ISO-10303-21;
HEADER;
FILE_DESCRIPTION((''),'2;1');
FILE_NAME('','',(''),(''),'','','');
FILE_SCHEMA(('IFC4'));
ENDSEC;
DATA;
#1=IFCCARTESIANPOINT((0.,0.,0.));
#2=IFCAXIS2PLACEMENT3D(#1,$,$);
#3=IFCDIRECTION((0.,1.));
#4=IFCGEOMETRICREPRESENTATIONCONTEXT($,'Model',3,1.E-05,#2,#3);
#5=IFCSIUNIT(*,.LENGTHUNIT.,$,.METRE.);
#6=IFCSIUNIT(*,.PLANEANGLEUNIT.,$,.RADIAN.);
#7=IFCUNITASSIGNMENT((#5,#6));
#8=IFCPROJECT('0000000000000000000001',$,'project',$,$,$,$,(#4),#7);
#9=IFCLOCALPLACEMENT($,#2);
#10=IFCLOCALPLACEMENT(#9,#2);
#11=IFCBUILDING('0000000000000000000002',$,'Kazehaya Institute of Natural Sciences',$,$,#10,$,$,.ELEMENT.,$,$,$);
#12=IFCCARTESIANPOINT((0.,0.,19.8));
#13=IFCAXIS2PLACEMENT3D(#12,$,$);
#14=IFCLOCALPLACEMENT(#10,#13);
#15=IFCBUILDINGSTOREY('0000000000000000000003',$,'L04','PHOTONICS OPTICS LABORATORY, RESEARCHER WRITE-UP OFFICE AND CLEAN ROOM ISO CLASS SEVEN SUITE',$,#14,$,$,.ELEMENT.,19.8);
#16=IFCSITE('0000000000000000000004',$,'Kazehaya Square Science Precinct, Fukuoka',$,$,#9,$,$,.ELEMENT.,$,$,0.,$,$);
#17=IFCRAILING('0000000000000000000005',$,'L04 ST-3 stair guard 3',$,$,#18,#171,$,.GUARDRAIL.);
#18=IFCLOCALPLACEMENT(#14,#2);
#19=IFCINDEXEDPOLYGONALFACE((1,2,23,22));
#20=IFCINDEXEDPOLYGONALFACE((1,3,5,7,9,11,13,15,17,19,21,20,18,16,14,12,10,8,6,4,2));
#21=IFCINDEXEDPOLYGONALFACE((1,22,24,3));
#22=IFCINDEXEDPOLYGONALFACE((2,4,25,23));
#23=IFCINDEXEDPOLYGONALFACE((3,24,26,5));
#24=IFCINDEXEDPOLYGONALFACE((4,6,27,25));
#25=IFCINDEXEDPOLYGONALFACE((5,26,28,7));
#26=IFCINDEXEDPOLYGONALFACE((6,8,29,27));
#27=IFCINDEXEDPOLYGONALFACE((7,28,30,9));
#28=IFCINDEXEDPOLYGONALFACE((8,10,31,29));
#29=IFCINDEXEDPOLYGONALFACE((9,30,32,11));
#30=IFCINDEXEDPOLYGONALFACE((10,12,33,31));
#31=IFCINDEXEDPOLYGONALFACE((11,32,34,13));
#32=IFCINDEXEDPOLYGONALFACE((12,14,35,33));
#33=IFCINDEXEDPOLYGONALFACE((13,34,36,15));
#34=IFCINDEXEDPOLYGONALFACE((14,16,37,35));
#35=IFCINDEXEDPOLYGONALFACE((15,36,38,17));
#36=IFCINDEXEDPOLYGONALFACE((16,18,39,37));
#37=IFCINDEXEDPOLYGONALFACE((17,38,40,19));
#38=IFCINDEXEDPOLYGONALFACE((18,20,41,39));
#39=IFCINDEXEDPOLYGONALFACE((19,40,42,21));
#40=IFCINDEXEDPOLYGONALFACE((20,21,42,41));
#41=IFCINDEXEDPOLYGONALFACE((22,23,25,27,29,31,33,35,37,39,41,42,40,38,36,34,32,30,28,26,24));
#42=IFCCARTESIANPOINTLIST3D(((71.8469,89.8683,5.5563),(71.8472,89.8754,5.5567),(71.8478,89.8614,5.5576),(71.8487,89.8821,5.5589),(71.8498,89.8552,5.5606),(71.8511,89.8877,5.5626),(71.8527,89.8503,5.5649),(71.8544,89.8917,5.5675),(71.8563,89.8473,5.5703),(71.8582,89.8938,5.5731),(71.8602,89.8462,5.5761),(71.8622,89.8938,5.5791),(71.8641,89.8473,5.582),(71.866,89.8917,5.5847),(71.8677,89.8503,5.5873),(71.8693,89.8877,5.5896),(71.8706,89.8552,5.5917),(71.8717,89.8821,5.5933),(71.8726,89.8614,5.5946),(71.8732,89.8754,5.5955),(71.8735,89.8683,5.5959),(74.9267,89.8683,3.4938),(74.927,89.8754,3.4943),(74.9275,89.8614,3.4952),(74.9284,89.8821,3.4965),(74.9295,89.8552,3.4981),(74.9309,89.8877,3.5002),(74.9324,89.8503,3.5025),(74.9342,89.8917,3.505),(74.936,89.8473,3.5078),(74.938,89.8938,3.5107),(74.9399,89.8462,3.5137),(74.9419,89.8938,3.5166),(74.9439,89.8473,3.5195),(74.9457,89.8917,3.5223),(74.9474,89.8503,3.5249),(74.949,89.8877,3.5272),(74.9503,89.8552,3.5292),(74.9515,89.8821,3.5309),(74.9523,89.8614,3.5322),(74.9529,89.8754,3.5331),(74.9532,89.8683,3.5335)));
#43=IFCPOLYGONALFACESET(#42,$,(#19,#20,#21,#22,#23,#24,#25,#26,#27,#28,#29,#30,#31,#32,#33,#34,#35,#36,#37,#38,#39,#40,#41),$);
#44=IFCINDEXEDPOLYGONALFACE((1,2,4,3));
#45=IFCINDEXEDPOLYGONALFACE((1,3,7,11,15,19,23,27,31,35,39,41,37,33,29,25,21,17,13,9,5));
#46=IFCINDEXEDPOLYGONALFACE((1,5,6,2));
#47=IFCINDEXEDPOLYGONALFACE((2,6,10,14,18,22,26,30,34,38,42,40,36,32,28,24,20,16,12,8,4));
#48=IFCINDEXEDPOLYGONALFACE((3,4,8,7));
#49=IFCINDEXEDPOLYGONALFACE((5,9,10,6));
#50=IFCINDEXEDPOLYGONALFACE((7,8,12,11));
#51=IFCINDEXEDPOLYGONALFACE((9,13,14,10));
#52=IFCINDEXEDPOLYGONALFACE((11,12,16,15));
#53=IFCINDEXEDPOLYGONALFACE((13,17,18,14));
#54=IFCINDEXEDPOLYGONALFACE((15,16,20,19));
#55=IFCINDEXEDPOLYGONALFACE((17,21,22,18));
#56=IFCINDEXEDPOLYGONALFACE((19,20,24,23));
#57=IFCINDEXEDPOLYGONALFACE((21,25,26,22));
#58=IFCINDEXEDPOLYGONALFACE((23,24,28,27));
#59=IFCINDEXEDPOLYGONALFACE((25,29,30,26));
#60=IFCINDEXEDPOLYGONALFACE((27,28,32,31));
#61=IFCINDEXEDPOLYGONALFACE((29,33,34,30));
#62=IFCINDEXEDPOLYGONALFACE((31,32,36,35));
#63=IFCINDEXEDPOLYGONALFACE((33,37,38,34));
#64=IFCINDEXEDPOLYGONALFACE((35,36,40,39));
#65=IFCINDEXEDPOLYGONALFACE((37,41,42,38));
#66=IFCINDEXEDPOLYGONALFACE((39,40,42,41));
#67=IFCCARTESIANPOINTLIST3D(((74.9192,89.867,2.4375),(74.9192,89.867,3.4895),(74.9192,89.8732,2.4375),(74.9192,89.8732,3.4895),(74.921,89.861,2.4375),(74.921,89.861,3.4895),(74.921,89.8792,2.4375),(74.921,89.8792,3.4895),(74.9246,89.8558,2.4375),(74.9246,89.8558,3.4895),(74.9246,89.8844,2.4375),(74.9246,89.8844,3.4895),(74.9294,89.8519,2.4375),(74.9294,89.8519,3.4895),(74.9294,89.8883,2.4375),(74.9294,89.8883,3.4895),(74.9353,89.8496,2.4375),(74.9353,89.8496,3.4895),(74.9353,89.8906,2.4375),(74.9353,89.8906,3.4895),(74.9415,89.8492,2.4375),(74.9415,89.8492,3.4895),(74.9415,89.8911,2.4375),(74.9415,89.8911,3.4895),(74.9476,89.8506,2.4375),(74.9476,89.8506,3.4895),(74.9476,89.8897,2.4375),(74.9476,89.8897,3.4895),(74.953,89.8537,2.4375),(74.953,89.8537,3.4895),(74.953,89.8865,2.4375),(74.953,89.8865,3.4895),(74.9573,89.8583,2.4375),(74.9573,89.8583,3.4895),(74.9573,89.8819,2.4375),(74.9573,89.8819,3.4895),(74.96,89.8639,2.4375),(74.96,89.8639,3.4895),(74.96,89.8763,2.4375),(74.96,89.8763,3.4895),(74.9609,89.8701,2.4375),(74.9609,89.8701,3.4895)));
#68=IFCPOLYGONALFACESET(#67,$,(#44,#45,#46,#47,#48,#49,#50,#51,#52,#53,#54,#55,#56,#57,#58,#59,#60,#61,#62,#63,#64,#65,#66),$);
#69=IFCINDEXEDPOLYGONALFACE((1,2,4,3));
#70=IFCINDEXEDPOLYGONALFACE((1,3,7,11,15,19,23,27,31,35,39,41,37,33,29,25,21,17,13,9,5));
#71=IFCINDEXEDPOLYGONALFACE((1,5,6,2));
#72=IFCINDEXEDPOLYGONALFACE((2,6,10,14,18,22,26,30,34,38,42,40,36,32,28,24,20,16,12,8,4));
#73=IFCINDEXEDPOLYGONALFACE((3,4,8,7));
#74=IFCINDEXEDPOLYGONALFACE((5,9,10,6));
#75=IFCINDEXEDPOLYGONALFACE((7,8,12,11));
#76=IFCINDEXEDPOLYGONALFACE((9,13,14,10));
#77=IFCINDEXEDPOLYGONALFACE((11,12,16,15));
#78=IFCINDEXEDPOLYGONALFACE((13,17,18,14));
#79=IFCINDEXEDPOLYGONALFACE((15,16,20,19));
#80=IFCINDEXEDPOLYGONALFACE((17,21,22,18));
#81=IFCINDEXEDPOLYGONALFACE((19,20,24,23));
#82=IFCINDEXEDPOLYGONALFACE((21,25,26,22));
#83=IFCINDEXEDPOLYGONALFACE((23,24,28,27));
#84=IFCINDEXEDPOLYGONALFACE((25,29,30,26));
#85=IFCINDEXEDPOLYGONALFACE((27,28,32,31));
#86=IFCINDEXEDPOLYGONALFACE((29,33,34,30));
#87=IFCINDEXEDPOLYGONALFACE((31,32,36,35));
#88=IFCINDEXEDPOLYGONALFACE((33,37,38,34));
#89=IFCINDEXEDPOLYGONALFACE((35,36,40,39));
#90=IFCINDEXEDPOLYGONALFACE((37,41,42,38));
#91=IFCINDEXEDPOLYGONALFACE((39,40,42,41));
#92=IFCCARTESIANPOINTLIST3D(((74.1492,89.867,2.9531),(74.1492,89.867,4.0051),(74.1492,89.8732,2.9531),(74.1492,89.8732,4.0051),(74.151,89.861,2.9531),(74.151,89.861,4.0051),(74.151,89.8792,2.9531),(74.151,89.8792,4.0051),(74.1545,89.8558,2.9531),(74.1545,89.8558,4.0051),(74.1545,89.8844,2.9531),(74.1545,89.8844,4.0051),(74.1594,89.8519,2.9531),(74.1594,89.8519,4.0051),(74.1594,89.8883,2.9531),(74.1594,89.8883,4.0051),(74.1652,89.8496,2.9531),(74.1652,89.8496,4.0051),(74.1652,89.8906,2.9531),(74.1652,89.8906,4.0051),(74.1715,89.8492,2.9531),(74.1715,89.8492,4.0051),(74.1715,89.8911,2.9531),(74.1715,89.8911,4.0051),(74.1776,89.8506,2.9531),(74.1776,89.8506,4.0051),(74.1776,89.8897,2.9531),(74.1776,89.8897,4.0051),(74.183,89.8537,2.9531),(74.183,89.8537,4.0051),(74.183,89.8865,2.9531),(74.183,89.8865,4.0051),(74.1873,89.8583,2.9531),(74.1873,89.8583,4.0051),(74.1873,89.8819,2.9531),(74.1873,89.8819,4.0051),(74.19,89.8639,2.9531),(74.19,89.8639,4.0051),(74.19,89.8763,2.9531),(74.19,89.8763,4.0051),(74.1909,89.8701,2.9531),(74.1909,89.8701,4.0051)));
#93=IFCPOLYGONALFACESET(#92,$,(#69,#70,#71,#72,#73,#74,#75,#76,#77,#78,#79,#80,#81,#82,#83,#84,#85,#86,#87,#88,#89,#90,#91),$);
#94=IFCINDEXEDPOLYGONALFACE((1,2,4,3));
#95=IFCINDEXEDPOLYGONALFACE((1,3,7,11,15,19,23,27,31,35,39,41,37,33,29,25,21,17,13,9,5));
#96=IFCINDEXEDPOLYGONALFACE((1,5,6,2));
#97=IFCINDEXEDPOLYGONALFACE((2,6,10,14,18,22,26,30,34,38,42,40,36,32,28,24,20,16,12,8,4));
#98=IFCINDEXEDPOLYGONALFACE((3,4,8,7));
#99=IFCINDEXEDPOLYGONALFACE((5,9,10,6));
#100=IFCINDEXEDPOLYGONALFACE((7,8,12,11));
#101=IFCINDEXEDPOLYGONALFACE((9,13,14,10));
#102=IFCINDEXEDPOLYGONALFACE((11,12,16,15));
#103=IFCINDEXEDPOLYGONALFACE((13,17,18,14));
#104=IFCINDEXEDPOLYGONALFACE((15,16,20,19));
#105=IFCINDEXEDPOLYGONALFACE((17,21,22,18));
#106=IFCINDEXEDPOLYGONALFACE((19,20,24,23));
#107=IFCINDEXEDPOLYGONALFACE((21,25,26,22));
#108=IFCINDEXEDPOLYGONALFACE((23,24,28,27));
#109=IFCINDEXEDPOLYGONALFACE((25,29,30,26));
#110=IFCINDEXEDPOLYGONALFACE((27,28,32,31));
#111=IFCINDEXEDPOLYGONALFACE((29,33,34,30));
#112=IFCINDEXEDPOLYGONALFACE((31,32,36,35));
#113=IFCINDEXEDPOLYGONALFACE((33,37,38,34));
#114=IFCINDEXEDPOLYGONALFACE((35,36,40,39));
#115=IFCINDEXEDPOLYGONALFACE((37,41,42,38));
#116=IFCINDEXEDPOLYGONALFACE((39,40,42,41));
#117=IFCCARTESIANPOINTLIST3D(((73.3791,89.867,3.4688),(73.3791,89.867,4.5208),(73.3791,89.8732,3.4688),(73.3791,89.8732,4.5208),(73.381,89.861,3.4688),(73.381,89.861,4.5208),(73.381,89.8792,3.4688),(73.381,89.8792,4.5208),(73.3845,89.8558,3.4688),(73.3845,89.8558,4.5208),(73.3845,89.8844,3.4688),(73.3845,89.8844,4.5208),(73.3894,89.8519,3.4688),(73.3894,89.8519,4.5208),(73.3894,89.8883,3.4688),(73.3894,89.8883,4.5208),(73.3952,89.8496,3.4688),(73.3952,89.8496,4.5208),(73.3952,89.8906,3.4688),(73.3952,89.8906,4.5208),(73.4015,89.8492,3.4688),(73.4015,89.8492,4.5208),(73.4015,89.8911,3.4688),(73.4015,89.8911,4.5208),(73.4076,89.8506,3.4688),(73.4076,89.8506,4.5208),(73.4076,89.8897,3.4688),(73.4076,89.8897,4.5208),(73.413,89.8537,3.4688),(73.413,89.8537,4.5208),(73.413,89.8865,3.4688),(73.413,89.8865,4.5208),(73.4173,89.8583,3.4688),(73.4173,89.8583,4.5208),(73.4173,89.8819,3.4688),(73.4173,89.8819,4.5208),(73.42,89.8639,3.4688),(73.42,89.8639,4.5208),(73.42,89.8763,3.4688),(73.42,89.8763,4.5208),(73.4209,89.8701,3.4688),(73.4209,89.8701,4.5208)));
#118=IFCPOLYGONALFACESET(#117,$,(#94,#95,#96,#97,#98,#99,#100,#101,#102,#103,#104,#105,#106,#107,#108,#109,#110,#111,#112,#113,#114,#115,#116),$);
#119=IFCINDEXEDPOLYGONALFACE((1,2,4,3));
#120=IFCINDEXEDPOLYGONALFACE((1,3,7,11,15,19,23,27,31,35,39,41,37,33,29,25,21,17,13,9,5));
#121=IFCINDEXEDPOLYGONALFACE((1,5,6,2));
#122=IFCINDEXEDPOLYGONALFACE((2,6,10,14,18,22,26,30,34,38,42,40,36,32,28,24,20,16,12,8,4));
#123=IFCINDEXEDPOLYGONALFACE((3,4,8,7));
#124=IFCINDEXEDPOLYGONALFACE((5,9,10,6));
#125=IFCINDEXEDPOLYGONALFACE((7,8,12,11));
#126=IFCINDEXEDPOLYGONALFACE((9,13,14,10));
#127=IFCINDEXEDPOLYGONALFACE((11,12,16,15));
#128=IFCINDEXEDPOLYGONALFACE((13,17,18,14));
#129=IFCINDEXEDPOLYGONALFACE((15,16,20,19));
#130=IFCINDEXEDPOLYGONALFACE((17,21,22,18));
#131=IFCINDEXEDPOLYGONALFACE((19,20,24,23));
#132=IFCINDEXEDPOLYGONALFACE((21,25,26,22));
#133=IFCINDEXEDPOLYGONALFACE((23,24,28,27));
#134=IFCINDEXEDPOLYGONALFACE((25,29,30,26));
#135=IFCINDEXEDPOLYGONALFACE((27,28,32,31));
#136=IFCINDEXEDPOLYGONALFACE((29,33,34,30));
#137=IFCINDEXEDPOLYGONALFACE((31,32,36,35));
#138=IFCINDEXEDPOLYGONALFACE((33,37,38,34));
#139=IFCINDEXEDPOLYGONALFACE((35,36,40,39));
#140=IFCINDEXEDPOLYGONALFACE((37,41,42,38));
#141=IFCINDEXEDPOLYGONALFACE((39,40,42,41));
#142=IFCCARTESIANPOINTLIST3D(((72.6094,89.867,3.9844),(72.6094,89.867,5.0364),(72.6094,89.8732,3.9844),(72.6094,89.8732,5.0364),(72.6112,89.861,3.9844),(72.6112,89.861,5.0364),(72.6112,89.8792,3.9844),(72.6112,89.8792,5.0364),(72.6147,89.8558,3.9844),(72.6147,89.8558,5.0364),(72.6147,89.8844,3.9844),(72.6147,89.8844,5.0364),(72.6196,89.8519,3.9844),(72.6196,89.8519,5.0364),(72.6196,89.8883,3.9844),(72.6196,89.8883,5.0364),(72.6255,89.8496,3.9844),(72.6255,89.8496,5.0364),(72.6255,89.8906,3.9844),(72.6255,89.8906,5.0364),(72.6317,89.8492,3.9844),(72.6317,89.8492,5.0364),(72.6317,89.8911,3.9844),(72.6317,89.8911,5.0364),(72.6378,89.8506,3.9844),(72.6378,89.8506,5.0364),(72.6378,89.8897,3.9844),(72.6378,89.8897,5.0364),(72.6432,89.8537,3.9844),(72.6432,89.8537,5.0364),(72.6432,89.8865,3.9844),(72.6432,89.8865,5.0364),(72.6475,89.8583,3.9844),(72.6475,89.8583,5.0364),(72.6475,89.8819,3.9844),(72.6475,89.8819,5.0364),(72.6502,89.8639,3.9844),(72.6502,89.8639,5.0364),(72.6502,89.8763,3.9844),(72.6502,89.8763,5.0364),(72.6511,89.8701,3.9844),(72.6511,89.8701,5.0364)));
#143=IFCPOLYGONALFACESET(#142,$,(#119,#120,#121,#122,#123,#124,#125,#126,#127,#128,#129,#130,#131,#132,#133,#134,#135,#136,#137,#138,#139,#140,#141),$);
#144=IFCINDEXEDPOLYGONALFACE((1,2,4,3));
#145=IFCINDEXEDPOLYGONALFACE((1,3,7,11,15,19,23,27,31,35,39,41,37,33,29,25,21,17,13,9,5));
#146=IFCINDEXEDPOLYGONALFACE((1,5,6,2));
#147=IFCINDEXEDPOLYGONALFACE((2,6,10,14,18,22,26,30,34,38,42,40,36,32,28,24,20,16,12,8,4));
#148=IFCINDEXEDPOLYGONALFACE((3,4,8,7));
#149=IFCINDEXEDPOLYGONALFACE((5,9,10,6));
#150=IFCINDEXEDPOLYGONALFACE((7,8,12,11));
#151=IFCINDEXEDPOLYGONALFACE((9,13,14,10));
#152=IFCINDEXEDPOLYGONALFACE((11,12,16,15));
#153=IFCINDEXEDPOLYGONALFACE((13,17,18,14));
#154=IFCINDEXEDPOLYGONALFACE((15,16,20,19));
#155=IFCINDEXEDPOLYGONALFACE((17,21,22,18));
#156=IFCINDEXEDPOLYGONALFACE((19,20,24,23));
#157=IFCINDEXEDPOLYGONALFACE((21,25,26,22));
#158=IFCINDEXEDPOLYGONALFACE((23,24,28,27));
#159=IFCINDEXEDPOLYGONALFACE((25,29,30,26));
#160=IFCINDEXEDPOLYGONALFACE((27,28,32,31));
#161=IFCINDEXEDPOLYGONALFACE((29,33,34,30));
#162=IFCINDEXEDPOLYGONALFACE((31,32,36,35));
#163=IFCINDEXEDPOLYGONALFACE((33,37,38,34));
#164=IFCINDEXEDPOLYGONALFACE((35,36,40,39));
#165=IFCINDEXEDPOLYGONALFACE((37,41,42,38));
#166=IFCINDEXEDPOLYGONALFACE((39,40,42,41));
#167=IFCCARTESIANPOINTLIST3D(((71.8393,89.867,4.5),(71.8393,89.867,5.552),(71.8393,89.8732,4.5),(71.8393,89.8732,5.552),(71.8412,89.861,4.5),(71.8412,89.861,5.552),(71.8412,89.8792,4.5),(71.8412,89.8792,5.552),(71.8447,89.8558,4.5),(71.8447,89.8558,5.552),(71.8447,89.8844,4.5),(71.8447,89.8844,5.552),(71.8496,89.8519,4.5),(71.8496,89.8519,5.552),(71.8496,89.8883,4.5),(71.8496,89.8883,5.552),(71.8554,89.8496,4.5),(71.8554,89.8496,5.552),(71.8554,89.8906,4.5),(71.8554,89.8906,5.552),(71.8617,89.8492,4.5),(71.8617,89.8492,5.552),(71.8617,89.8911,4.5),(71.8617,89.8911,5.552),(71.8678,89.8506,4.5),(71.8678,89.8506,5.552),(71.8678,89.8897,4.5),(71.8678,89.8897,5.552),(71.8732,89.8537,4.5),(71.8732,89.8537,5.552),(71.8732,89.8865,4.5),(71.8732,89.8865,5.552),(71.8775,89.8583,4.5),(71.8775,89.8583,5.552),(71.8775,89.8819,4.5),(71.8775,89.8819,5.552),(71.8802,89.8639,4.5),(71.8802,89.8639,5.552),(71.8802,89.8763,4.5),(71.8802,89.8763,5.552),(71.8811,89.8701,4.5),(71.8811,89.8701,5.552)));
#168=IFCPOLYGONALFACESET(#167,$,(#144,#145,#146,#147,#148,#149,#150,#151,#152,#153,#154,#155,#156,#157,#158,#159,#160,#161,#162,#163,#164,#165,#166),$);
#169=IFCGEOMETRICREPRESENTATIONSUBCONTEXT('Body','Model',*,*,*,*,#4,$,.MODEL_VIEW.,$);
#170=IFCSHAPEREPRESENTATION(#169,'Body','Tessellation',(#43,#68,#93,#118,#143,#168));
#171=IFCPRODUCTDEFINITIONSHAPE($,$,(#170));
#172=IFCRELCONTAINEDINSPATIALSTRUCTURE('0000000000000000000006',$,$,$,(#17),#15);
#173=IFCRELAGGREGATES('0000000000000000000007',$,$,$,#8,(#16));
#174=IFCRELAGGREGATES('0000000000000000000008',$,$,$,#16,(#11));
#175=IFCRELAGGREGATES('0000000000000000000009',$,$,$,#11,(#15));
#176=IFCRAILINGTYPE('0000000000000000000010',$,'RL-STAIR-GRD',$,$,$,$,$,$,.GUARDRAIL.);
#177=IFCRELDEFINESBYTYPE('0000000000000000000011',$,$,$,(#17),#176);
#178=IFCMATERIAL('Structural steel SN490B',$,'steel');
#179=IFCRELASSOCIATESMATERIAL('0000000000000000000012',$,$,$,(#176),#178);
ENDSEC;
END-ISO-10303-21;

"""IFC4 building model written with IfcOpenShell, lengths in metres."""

from ifc_helpers import new_model, si_unit, direction, frame, origin, origin_2d, place, context, subcontext, project, spatial, circle, extrude, material, type_object, element, save


model = new_model("IFC4")

# Units and contexts
model_context = context("Model", 3, precision=1e-05, world=origin(), true_north=direction((0.0, 1.0)))
body_context = subcontext(model_context, "Body", "Model", "MODEL_VIEW")
ifc_project = project(units=[si_unit("LENGTHUNIT", "METRE"), si_unit("PLANEANGLEUNIT", "RADIAN")], contexts=[model_context])

# Site, building, storey
site_placement = place(None, origin())
site = spatial("IfcSite", under=ifc_project, at=site_placement, Name="Kazehaya Square Science Precinct, Fukuoka", CompositionType="ELEMENT", RefElevation=0.0)
building_placement = place(site_placement, origin())
building = spatial("IfcBuilding", under=site, at=building_placement, Name="Kazehaya Institute of Natural Sciences", CompositionType="ELEMENT")
storey_placement = place(building_placement, frame((0.0, 0.0, 19.8)))
storey = spatial("IfcBuildingStorey", under=building, at=storey_placement, Name="L04", Description="PHOTONICS OPTICS LABORATORY, RESEARCHER WRITE-UP OFFICE AND CLEAN ROOM ISO CLASS SEVEN SUITE", CompositionType="ELEMENT", Elevation=19.8)

# Railing
ifc_material_1 = material(Name="Structural steel SN490B", Category="steel")
railing_type_1 = type_object("IfcRailingType", Name="RL-STAIR-GRD", PredefinedType="GUARDRAIL", material=ifc_material_1)
railing_1_placement = place(storey_placement, frame((74.9399, 89.8701, 2.4375)))
element("IfcRailing", 1, at=railing_1_placement, inside=storey, type_object=railing_type_1, Name="L04 ST-3 stair guard 3", PredefinedType="GUARDRAIL", context=body_context, shape_type="SweptSolid", body=[
    extrude(circle(Radius=0.0239, at=origin_2d()), frame((0.0, 0.0, 1.0762), z_axis=(-0.830893, 0.0, 0.556432), x_axis=(0.0, -1.0, 0.0)), (0.0, 0.0, 1.0), 3.7065),
    extrude(circle(Radius=0.021, at=origin_2d()), origin(), (0.0, 0.0, 1.0), 1.052),
    extrude(circle(Radius=0.021, at=origin_2d()), frame((-0.77, 0.0, 0.5156)), (0.0, 0.0, 1.0), 1.052),
    extrude(circle(Radius=0.021, at=origin_2d()), frame((-1.54, 0.0, 1.0312)), (0.0, 0.0, 1.0), 1.052),
    extrude(circle(Radius=0.021, at=origin_2d()), frame((-2.3098, 0.0, 1.5469)), (0.0, 0.0, 1.0), 1.052),
    extrude(circle(Radius=0.021, at=origin_2d()), frame((-3.0798, 0.0, 2.0625)), (0.0, 0.0, 1.0), 1.052),
])

save(model, "model.ifc")
